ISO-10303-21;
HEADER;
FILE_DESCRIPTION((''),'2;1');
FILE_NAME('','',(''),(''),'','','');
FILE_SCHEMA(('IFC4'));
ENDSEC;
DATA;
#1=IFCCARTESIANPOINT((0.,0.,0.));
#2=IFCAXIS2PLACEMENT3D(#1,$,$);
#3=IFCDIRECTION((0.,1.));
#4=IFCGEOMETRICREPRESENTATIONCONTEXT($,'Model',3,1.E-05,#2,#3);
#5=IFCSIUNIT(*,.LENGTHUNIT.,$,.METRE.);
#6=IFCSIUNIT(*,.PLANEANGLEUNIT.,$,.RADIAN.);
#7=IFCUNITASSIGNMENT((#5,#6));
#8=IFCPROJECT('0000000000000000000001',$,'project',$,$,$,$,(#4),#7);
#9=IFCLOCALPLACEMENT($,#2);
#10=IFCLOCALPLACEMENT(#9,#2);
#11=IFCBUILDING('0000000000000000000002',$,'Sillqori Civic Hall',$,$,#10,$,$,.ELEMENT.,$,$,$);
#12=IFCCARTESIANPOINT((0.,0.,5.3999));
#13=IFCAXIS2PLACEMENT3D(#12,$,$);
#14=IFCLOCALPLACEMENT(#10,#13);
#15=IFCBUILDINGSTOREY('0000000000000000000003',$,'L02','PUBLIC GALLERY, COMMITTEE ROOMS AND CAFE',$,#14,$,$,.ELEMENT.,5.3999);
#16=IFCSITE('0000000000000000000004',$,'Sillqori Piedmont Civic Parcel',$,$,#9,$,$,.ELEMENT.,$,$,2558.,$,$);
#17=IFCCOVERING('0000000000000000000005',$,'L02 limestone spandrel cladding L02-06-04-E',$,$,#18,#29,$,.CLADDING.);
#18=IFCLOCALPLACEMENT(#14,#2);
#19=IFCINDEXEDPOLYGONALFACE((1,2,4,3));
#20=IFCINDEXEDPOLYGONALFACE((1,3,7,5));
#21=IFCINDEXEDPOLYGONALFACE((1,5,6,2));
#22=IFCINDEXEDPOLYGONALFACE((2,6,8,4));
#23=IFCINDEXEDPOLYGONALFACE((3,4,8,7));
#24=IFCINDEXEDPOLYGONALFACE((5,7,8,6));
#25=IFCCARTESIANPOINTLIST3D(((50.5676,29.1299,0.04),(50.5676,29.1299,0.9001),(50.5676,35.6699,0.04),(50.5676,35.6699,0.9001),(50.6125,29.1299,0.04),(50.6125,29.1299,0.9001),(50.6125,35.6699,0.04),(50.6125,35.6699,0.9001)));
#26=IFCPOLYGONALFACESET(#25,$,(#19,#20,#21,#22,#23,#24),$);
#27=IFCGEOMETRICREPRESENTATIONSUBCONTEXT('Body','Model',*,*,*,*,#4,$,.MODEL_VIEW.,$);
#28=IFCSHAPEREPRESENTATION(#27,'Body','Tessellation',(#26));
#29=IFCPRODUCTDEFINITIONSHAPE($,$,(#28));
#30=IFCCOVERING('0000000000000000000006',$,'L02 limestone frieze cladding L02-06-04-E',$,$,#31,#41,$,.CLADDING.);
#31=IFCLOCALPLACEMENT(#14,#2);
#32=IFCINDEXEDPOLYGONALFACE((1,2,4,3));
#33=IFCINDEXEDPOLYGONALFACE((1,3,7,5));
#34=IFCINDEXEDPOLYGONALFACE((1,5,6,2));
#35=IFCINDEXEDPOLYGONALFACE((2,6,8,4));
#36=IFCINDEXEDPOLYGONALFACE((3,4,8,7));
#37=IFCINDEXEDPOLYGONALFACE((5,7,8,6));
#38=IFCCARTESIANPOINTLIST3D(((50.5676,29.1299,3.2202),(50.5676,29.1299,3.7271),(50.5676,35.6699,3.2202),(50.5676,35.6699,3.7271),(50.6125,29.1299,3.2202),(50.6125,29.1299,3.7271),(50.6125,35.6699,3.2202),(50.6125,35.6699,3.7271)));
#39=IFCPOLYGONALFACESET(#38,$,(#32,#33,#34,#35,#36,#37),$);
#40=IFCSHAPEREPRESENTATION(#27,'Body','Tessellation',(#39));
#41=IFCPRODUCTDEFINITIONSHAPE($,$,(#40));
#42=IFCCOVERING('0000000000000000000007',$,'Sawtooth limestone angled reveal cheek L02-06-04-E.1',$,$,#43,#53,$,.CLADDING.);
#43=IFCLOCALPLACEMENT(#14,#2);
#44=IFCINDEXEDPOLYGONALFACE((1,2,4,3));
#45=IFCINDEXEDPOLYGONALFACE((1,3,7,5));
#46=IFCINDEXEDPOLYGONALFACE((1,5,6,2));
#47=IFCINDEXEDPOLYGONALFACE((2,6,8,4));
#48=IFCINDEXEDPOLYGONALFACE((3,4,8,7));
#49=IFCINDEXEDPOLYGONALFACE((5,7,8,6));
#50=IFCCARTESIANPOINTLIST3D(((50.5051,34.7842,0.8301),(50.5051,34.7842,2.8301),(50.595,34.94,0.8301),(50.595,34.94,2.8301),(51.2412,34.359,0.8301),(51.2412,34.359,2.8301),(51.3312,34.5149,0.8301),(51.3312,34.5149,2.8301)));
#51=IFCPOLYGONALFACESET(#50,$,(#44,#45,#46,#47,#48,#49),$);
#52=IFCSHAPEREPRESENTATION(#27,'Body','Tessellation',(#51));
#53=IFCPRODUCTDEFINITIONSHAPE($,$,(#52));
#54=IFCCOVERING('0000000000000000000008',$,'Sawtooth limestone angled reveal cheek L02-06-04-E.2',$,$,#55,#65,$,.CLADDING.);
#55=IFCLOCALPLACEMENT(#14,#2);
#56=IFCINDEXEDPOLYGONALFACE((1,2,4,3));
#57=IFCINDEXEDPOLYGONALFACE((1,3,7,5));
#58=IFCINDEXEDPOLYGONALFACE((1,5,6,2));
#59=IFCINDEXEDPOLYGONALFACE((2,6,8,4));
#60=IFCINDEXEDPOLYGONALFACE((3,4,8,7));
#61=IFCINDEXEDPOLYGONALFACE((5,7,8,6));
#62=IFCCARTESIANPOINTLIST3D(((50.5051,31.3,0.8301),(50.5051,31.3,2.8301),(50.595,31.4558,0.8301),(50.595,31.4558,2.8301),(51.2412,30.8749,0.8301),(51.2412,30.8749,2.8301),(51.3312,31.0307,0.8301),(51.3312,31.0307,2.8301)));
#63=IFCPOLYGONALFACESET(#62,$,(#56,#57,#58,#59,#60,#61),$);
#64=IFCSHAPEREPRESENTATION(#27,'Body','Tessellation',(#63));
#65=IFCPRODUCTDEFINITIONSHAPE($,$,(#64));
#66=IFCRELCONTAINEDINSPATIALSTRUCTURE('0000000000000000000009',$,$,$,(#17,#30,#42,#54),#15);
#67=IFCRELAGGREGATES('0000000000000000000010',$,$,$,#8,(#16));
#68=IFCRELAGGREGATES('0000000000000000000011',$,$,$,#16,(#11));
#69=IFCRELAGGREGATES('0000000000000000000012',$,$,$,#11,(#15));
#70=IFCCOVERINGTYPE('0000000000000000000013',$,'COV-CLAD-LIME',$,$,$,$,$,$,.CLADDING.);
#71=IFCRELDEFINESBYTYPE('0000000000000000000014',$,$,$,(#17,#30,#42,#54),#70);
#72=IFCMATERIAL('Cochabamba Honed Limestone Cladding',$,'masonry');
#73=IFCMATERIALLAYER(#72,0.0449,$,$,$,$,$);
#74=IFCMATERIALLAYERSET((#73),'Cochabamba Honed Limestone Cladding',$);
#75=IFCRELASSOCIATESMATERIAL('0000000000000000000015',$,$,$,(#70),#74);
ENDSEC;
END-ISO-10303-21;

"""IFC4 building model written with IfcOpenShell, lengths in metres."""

from ifc_helpers import new_model, si_unit, direction, frame, frame_2d, origin, place, context, subcontext, project, spatial, rectangle, extrude, material, layer, layer_set, type_object, element, save


model = new_model("IFC4")

# Units and contexts
model_context = context("Model", 3, precision=1e-05, world=origin(), true_north=direction((0.0, 1.0)))
body_context = subcontext(model_context, "Body", "Model", "MODEL_VIEW")
ifc_project = project(units=[si_unit("LENGTHUNIT", "METRE"), si_unit("PLANEANGLEUNIT", "RADIAN")], contexts=[model_context])

# Site, building, storey
site_placement = place(None, origin())
site = spatial("IfcSite", under=ifc_project, at=site_placement, Name="Sillqori Piedmont Civic Parcel", CompositionType="ELEMENT", RefElevation=2558.0)
building_placement = place(site_placement, origin())
building = spatial("IfcBuilding", under=site, at=building_placement, Name="Sillqori Civic Hall", CompositionType="ELEMENT")
storey_placement = place(building_placement, frame((0.0, 0.0, 5.3999)))
storey = spatial("IfcBuildingStorey", under=building, at=storey_placement, Name="L02", Description="PUBLIC GALLERY, COMMITTEE ROOMS AND CAFE", CompositionType="ELEMENT", Elevation=5.3999)

# Coverings
ifc_material_1 = material(Name="Cochabamba Honed Limestone Cladding", Category="masonry")
ifc_layer_1 = layer(ifc_material_1, 0.0449)
ifc_layer_set_1 = layer_set([ifc_layer_1], Name="Cochabamba Honed Limestone Cladding")
covering_type = type_object("IfcCoveringType", Name="COV-CLAD-LIME", PredefinedType="CLADDING", material=ifc_layer_set_1)
covering_1_placement = place(storey_placement, frame((50.5901, 35.6699, 0.04), z_axis=(0.0, 0.0, 1.0), x_axis=(0.0, -1.0, 0.0)))
element("IfcCovering", 1, at=covering_1_placement, inside=storey, type_object=covering_type, Name="L02 limestone spandrel cladding L02-06-04-E", PredefinedType="CLADDING", context=body_context, shape_type="SweptSolid", body=[
    extrude(rectangle(XDim=6.54, YDim=0.0449, at=frame_2d((3.27, 0.0))), origin(), (0.0, 0.0, 1.0), 0.8601),
])
covering_2_placement = place(storey_placement, frame((50.5901, 35.6699, 3.2202), z_axis=(0.0, 0.0, 1.0), x_axis=(0.0, -1.0, 0.0)))
element("IfcCovering", 2, at=covering_2_placement, inside=storey, type_object=covering_type, Name="L02 limestone frieze cladding L02-06-04-E", PredefinedType="CLADDING", context=body_context, shape_type="SweptSolid", body=[
    extrude(rectangle(XDim=6.54, YDim=0.0449, at=frame_2d((3.27, 0.0))), origin(), (0.0, 0.0, 1.0), 0.5068),
])
for number, where, z_axis, x_axis, name in (
    (3, (50.55, 34.8621, 0.8301), (0.0, 0.0, 1.0), (0.865989, -0.500062, 0.0), "Sawtooth limestone angled reveal cheek L02-06-04-E.1"),
    (4, (50.55, 31.3779, 0.8301), (0.0, 0.0, 1.0), (0.865989, -0.500062, 0.0), "Sawtooth limestone angled reveal cheek L02-06-04-E.2"),
):
    element("IfcCovering", number, at=place(storey_placement, frame(where, z_axis=z_axis, x_axis=x_axis)), inside=storey, type_object=covering_type, Name=name, PredefinedType="CLADDING", context=body_context, shape_type="SweptSolid", body=[
        extrude(rectangle(XDim=0.8501, YDim=0.1799, at=frame_2d((0.425, 0.0))), origin(), (0.0, 0.0, 1.0), 2.0),
    ])

save(model, "model.ifc")
